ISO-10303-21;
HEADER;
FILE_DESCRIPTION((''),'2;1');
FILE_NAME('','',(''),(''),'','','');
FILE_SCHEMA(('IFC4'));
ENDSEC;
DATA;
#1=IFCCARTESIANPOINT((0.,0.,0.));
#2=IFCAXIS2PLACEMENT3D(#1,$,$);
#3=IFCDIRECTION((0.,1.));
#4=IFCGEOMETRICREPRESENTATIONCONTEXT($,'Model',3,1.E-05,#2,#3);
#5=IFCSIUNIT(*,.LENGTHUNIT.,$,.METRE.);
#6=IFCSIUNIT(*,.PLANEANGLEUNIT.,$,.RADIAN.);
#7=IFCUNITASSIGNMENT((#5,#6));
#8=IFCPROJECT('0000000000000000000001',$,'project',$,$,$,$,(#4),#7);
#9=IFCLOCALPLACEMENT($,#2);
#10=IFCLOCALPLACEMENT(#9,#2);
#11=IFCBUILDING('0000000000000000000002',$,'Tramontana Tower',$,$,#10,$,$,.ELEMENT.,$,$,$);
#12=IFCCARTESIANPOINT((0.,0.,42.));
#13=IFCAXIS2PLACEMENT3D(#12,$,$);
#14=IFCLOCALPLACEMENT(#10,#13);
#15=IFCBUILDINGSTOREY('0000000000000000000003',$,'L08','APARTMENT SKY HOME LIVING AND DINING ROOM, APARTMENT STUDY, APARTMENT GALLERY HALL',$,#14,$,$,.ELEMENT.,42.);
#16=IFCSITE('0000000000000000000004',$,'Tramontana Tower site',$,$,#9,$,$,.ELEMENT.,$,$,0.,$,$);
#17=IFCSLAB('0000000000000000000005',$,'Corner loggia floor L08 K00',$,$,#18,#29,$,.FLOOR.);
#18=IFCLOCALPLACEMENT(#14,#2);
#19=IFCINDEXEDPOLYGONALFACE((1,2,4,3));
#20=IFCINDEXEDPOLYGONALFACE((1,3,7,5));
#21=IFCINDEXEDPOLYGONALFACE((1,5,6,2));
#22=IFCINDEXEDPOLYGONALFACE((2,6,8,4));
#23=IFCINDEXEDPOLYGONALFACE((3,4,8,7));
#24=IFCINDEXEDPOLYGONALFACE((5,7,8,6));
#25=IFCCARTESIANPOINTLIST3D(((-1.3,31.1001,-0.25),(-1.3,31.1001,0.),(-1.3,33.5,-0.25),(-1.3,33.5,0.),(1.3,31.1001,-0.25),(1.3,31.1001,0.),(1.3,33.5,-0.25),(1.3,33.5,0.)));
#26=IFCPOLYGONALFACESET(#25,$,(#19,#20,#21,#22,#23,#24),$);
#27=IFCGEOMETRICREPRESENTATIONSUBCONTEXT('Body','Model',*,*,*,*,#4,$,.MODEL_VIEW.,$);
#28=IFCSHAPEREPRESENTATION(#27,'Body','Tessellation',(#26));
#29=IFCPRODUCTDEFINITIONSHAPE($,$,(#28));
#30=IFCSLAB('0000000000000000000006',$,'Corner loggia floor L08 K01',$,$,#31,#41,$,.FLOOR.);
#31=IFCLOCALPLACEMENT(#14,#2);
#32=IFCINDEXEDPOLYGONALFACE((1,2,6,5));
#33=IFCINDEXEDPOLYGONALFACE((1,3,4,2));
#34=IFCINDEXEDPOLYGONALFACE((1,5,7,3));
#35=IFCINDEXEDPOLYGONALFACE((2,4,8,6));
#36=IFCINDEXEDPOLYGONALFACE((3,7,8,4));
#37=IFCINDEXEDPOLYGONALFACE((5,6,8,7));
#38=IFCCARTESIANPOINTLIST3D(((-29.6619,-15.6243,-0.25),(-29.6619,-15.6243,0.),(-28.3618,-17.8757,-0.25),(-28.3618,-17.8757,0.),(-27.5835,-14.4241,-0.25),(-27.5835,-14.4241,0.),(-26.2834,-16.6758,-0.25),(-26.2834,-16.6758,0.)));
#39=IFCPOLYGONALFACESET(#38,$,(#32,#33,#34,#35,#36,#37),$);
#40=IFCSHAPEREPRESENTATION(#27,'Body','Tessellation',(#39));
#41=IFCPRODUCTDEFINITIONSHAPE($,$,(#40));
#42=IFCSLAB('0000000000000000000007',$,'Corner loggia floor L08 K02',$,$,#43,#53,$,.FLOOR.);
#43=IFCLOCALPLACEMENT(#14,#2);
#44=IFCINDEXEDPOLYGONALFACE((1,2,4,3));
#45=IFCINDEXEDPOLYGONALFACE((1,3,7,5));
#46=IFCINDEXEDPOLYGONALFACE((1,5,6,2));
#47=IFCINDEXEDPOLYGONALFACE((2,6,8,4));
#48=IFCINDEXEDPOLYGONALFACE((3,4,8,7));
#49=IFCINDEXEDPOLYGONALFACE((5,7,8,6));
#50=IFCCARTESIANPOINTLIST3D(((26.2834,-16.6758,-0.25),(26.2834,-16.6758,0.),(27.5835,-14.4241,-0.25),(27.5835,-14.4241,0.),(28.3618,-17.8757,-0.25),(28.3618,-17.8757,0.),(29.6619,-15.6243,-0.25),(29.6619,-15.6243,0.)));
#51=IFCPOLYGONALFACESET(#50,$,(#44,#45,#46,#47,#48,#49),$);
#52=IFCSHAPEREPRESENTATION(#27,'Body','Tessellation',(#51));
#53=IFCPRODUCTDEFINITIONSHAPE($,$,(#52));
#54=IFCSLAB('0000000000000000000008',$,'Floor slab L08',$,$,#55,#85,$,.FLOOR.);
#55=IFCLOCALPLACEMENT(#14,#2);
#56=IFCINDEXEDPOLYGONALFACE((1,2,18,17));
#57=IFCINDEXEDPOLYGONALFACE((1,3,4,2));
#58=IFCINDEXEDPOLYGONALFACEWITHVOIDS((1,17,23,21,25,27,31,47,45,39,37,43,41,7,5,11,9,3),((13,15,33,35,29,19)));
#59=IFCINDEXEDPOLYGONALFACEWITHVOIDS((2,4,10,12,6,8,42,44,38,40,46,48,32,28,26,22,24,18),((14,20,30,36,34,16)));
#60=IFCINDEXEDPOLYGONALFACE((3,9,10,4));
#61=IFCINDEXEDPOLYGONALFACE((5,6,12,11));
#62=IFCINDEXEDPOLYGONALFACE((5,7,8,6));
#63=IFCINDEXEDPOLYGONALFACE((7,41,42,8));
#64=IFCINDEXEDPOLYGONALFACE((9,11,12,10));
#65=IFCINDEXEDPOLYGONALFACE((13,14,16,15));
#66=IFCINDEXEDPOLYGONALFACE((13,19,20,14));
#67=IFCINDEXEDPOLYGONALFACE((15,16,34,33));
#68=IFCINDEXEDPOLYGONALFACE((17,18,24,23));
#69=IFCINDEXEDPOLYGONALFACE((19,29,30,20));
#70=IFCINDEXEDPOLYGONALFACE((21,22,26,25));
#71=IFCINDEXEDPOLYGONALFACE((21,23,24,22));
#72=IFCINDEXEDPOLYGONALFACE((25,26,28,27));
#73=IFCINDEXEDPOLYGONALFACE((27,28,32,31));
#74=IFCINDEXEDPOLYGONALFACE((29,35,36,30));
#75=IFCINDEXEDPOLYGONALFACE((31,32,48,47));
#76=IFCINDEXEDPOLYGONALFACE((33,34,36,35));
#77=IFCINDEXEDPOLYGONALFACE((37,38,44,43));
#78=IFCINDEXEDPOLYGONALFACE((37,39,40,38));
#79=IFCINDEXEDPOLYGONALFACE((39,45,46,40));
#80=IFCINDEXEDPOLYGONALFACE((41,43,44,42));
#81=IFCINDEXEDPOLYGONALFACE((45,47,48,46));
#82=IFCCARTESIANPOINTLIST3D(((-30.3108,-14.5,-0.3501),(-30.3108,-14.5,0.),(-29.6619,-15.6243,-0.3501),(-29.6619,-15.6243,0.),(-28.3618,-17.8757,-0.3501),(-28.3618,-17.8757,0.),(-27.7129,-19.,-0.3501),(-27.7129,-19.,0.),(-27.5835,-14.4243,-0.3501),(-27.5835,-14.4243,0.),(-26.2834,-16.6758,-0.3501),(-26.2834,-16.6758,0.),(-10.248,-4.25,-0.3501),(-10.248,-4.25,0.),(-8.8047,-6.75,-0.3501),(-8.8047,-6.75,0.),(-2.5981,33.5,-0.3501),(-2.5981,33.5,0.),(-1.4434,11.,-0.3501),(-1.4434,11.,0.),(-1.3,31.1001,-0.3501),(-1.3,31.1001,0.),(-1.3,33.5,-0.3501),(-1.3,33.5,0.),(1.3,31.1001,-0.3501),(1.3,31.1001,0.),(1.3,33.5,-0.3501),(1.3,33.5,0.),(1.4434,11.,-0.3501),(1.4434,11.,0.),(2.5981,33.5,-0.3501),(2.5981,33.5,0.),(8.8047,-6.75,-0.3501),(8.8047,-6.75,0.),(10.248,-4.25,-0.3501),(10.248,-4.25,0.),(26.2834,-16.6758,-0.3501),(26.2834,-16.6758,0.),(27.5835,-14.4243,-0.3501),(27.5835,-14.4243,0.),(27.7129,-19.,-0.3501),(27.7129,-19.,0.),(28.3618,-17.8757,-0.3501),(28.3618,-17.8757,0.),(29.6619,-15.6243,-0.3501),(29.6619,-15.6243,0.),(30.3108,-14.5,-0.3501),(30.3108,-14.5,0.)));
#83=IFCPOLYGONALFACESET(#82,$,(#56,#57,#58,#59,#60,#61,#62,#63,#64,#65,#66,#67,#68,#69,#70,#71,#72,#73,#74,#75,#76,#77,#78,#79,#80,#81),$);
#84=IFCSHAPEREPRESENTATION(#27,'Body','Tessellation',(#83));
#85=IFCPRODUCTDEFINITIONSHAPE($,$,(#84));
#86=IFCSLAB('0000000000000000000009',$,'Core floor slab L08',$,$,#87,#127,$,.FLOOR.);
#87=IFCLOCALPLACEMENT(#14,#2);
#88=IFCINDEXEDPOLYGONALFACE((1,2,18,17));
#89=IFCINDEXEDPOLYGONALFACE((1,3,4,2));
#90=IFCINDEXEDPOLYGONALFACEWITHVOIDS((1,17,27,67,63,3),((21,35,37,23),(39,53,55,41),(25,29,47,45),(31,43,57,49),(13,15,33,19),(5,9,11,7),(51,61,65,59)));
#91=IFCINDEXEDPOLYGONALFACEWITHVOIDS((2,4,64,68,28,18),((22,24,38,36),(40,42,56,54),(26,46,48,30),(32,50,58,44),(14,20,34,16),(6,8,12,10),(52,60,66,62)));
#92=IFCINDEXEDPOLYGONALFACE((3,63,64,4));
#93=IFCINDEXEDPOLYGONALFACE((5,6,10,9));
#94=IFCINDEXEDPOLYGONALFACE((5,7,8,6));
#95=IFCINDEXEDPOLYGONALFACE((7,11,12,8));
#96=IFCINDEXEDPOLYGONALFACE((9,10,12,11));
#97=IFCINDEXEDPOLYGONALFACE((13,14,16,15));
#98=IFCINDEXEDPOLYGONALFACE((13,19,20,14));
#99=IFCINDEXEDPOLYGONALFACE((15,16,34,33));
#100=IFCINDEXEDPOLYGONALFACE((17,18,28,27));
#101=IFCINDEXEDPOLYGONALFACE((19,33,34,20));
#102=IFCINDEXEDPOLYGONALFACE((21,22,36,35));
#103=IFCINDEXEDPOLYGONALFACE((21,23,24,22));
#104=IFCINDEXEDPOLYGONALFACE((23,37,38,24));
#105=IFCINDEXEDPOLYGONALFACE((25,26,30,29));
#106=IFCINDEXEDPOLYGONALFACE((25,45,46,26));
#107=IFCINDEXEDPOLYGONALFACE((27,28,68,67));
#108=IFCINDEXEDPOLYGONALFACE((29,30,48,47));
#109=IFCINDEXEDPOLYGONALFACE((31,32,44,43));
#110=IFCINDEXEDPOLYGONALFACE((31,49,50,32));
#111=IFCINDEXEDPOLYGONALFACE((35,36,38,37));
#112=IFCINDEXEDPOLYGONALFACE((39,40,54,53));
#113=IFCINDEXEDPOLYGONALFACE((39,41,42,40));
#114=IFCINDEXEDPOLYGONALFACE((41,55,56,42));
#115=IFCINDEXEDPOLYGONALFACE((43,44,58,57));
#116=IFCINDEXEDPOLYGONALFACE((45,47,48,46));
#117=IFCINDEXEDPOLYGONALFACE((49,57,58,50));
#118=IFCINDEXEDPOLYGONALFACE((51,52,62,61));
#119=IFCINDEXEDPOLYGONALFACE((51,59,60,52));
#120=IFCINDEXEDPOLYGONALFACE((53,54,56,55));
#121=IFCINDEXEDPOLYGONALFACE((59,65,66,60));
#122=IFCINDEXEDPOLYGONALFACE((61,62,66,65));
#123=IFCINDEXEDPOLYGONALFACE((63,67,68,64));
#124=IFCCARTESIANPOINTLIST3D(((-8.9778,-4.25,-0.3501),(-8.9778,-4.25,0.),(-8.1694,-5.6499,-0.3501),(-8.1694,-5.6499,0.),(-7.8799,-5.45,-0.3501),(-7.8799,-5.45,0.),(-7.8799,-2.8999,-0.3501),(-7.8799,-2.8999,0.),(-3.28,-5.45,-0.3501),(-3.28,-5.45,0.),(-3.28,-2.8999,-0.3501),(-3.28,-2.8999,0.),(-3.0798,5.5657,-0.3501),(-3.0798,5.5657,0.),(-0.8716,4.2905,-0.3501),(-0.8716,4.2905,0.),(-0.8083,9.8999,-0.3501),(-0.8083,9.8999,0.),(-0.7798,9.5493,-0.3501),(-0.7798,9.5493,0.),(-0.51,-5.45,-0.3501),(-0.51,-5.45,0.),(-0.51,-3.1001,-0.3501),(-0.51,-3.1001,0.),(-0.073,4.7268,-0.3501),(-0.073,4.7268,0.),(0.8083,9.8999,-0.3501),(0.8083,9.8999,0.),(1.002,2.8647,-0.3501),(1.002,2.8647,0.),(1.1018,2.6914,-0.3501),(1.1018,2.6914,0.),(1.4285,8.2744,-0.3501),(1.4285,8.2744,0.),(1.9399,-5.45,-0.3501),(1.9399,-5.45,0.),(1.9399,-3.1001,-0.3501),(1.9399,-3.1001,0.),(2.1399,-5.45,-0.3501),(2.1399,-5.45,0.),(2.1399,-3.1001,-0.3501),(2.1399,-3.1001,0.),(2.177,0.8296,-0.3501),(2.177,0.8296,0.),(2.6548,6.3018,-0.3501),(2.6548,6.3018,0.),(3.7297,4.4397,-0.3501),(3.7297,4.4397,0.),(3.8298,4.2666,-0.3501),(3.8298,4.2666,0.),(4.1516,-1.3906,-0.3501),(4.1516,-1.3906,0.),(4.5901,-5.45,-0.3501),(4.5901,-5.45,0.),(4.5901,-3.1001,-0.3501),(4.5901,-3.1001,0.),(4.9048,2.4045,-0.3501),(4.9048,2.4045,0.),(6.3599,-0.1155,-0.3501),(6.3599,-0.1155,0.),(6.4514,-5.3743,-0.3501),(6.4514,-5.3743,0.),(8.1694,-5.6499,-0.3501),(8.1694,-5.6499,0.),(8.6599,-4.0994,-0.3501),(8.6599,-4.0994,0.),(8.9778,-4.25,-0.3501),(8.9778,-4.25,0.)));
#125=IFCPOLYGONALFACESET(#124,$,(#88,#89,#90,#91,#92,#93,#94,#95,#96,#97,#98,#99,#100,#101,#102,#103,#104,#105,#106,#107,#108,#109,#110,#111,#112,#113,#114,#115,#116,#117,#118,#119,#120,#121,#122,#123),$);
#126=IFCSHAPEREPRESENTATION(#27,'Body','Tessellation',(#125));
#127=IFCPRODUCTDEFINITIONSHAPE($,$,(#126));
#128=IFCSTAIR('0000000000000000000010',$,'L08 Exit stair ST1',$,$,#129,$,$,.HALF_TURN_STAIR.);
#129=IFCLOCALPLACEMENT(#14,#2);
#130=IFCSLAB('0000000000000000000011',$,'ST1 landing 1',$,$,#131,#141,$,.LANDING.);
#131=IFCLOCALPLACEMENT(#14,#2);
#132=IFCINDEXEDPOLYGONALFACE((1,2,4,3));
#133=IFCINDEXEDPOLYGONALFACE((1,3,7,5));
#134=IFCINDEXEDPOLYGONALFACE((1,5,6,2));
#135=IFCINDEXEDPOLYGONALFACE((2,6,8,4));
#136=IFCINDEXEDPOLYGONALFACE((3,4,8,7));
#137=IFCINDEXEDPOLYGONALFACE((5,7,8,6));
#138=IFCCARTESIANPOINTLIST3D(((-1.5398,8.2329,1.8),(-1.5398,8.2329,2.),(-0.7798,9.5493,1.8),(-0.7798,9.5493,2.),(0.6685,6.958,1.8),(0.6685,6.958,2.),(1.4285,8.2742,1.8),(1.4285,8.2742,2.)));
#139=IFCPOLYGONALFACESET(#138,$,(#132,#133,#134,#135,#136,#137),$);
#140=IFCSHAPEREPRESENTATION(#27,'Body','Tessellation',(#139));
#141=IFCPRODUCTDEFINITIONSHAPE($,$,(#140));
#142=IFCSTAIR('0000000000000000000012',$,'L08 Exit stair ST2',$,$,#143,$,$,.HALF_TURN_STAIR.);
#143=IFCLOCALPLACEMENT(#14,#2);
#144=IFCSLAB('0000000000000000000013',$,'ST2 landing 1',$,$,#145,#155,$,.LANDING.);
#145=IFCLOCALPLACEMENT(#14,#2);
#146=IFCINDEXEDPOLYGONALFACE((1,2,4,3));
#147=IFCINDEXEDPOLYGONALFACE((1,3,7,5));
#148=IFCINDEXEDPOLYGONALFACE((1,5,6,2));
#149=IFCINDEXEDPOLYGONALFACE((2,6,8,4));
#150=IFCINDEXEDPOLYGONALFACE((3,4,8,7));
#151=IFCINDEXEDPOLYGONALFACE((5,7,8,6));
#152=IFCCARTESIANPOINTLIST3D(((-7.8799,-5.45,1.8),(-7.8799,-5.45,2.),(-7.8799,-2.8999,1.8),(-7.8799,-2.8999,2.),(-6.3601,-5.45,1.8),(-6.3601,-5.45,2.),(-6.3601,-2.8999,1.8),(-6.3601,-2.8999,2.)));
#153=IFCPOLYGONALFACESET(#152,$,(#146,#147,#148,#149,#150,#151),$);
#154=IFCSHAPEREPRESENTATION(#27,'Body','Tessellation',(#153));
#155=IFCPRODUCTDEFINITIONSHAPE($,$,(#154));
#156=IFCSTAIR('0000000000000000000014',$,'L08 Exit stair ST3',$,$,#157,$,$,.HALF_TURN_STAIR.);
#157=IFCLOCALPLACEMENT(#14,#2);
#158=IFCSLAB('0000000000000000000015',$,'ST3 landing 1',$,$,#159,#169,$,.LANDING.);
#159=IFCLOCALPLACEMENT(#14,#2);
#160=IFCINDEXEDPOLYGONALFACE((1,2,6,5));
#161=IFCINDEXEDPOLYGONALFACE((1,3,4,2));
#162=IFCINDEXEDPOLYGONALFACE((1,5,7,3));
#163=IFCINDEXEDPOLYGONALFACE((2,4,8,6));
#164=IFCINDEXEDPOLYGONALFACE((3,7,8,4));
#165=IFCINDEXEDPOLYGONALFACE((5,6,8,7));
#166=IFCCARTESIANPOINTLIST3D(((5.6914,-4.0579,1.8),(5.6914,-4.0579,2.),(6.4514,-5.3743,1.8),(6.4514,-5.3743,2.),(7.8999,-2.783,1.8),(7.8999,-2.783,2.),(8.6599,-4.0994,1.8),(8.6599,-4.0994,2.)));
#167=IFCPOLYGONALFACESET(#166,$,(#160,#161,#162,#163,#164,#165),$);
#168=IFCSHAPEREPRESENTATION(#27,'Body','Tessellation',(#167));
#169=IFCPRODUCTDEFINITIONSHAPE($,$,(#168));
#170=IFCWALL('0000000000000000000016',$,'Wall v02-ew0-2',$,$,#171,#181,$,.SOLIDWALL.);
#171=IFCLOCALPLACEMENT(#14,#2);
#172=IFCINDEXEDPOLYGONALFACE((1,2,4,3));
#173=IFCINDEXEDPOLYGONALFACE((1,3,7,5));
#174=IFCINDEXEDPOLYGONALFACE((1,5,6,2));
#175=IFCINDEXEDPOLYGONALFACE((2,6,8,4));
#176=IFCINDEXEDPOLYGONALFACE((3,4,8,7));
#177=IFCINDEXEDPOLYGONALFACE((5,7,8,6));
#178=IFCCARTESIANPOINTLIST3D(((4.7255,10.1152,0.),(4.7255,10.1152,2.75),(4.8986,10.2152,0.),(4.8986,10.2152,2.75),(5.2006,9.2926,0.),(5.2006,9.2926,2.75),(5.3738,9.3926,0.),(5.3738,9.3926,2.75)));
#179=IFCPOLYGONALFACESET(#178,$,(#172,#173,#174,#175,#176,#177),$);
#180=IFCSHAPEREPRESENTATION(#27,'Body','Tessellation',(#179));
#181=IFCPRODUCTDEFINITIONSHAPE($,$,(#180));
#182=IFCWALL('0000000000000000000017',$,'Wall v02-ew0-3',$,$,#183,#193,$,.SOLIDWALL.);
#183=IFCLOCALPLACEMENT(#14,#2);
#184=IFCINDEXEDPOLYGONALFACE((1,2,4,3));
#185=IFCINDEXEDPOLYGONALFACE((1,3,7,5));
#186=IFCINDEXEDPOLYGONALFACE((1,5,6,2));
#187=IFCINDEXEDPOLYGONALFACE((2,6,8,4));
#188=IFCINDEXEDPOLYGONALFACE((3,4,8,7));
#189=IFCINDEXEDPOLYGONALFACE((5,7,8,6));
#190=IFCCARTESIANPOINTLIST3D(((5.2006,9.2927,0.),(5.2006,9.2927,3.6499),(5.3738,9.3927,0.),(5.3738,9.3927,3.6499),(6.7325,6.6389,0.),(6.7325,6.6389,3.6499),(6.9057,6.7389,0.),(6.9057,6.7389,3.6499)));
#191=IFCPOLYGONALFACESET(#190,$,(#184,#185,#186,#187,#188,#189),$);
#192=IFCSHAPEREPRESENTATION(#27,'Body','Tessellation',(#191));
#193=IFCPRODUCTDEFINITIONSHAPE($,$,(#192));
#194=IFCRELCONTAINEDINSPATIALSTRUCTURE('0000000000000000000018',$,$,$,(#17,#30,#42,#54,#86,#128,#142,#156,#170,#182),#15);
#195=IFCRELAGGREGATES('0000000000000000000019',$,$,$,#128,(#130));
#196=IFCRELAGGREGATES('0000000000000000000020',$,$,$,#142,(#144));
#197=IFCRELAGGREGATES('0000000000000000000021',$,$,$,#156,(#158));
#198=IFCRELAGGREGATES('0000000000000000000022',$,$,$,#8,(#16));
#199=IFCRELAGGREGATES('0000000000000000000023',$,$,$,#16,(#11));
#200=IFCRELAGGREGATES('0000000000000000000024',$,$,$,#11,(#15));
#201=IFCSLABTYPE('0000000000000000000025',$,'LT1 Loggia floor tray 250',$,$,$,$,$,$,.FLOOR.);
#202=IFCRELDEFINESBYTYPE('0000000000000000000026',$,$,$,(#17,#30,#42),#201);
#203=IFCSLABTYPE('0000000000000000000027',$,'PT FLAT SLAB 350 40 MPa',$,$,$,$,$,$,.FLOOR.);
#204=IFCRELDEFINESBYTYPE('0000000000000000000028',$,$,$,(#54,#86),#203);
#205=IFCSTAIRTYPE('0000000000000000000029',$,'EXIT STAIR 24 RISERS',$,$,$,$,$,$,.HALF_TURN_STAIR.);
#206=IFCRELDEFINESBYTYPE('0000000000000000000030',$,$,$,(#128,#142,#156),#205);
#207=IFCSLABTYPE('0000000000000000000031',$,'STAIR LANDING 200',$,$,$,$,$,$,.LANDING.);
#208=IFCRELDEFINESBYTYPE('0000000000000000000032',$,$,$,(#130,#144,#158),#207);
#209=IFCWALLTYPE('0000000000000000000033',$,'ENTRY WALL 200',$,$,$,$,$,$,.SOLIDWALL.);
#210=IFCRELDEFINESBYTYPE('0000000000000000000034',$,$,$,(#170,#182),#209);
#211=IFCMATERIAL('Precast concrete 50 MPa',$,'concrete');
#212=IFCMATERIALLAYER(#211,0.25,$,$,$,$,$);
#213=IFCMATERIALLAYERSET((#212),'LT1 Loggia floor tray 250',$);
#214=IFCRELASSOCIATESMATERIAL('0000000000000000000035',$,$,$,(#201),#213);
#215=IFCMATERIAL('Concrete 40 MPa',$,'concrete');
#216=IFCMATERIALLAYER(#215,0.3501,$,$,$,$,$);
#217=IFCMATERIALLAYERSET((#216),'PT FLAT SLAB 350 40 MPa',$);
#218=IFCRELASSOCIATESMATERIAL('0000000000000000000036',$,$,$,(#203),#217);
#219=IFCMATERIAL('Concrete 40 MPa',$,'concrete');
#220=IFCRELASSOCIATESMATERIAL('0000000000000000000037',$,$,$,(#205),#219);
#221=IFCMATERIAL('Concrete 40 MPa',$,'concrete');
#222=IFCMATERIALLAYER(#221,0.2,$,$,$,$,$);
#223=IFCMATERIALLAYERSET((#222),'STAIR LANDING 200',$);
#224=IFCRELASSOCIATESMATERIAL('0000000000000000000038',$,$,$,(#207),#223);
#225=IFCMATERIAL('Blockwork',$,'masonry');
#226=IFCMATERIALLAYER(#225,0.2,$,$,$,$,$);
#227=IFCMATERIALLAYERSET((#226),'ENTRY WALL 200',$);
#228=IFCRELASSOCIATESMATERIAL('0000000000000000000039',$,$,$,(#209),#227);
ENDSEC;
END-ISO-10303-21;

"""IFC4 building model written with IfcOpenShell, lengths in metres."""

from ifc_helpers import new_model, si_unit, direction, frame, frame_2d, origin, place, context, subcontext, project, spatial, polyline, rectangle, outline, extrude, material, layer, layer_set, type_object, element, aggregate, save


model = new_model("IFC4")

# Units and contexts
model_context = context("Model", 3, precision=1e-05, world=origin(), true_north=direction((0.0, 1.0)))
body_context = subcontext(model_context, "Body", "Model", "MODEL_VIEW")
ifc_project = project(units=[si_unit("LENGTHUNIT", "METRE"), si_unit("PLANEANGLEUNIT", "RADIAN")], contexts=[model_context])

# Site, building, storey
site_placement = place(None, origin())
site = spatial("IfcSite", under=ifc_project, at=site_placement, Name="Tramontana Tower site", CompositionType="ELEMENT", RefElevation=0.0)
building_placement = place(site_placement, origin())
building = spatial("IfcBuilding", under=site, at=building_placement, Name="Tramontana Tower", CompositionType="ELEMENT")
storey_placement = place(building_placement, frame((0.0, 0.0, 42.0)))
storey = spatial("IfcBuildingStorey", under=building, at=storey_placement, Name="L08", Description="APARTMENT SKY HOME LIVING AND DINING ROOM, APARTMENT STUDY, APARTMENT GALLERY HALL", CompositionType="ELEMENT", Elevation=42.0)

# Slabs
ifc_material_1 = material(Name="Precast concrete 50 MPa", Category="concrete")
ifc_layer_1 = layer(ifc_material_1, 0.25)
ifc_layer_set_1 = layer_set([ifc_layer_1], Name="LT1 Loggia floor tray 250")
slab_type_1 = type_object("IfcSlabType", Name="LT1 Loggia floor tray 250", PredefinedType="FLOOR", material=ifc_layer_set_1)
slab_1_placement = place(storey_placement, frame((0.0, 0.0, -0.25)))
element("IfcSlab", 1, at=slab_1_placement, inside=storey, type_object=slab_type_1, Name="Corner loggia floor L08 K00", PredefinedType="FLOOR", context=body_context, shape_type="SweptSolid", body=[
    extrude(outline(polyline([(1.3, 33.5), (1.3, 31.1001), (-1.3, 31.1001), (-1.3, 33.5), (1.3, 33.5)])), origin(), (0.0, 0.0, 1.0), 0.25),
])
slab_2_placement = place(storey_placement, frame((0.0, 0.0, -0.25)))
element("IfcSlab", 2, at=slab_2_placement, inside=storey, type_object=slab_type_1, Name="Corner loggia floor L08 K01", PredefinedType="FLOOR", context=body_context, shape_type="SweptSolid", body=[
    extrude(outline(polyline([(-29.6619, -15.6243), (-27.5835, -14.4241), (-26.2834, -16.6758), (-28.3618, -17.8757), (-29.6619, -15.6243)])), origin(), (0.0, 0.0, 1.0), 0.25),
])
slab_3_placement = place(storey_placement, frame((0.0, 0.0, -0.25)))
element("IfcSlab", 3, at=slab_3_placement, inside=storey, type_object=slab_type_1, Name="Corner loggia floor L08 K02", PredefinedType="FLOOR", context=body_context, shape_type="SweptSolid", body=[
    extrude(outline(polyline([(28.3618, -17.8757), (26.2834, -16.6758), (27.5835, -14.4241), (29.6619, -15.6243), (28.3618, -17.8757)])), origin(), (0.0, 0.0, 1.0), 0.25),
])
ifc_material_2 = material(Name="Concrete 40 MPa", Category="concrete")
ifc_layer_2 = layer(ifc_material_2, 0.3501)
ifc_layer_set_2 = layer_set([ifc_layer_2], Name="PT FLAT SLAB 350 40 MPa")
slab_type_2 = type_object("IfcSlabType", Name="PT FLAT SLAB 350 40 MPa", PredefinedType="FLOOR", material=ifc_layer_set_2)
slab_4_placement = place(storey_placement, frame((0.0, 0.0, -0.3501)))
element("IfcSlab", 4, at=slab_4_placement, inside=storey, type_object=slab_type_2, Name="Floor slab L08", PredefinedType="FLOOR", context=body_context, shape_type="SweptSolid", body=[
    extrude(outline(polyline([(29.6619, -15.6243), (27.5835, -14.4243), (26.2834, -16.6758), (28.3618, -17.8757), (27.7129, -19.0), (-27.7129, -19.0), (-28.3618, -17.8757), (-26.2834, -16.6758), (-27.5835, -14.4243), (-29.6619, -15.6243), (-30.3108, -14.5), (-2.5981, 33.5), (-1.3, 33.5), (-1.3, 31.1001), (1.3, 31.1001), (1.3, 33.5), (2.5981, 33.5), (30.3108, -14.5), (29.6619, -15.6243)]), holes=[polyline([(-10.248, -4.25), (-8.8047, -6.75), (8.8047, -6.75), (10.248, -4.25), (1.4434, 11.0), (-1.4434, 11.0), (-10.248, -4.25)])]), origin(), (0.0, 0.0, 1.0), 0.3501),
])
slab_5_placement = place(storey_placement, frame((0.0, 0.0, -0.3501)))
element("IfcSlab", 5, at=slab_5_placement, inside=storey, type_object=slab_type_2, Name="Core floor slab L08", PredefinedType="FLOOR", context=body_context, shape_type="SweptSolid", body=[
    extrude(outline(polyline([(8.9778, -4.25), (8.1694, -5.6499), (-8.1694, -5.6499), (-8.9778, -4.25), (-0.8083, 9.8999), (0.8083, 9.8999), (8.9778, -4.25)]), holes=[polyline([(8.6599, -4.0994), (6.3599, -0.1155), (4.1516, -1.3906), (6.4514, -5.3743), (8.6599, -4.0994)]), polyline([(3.8298, 4.2666), (1.1018, 2.6914), (2.177, 0.8296), (4.9048, 2.4045), (3.8298, 4.2666)]), polyline([(4.5901, -3.1001), (2.1399, -3.1001), (2.1399, -5.45), (4.5901, -5.45), (4.5901, -3.1001)]), polyline([(2.6548, 6.3018), (-0.073, 4.7268), (1.002, 2.8647), (3.7297, 4.4397), (2.6548, 6.3018)]), polyline([(1.9399, -5.45), (1.9399, -3.1001), (-0.51, -3.1001), (-0.51, -5.45), (1.9399, -5.45)]), polyline([(-0.7798, 9.5493), (-3.0798, 5.5657), (-0.8716, 4.2905), (1.4285, 8.2744), (-0.7798, 9.5493)]), polyline([(-7.8799, -5.45), (-3.28, -5.45), (-3.28, -2.8999), (-7.8799, -2.8999), (-7.8799, -5.45)])]), origin(), (0.0, 0.0, 1.0), 0.3501),
])

# Stairs, slabs
ifc_material_3 = material(Name="Concrete 40 MPa", Category="concrete")
stair_type = type_object("IfcStairType", Name="EXIT STAIR 24 RISERS", PredefinedType="HALF_TURN_STAIR", material=ifc_material_3)
stair_1_placement = place(storey_placement, origin())
stair_1 = element("IfcStair", 6, at=stair_1_placement, inside=storey, type_object=stair_type, Name="L08 Exit stair ST1", PredefinedType="HALF_TURN_STAIR")
ifc_material_4 = material(Name="Concrete 40 MPa", Category="concrete")
ifc_layer_3 = layer(ifc_material_4, 0.2)
ifc_layer_set_3 = layer_set([ifc_layer_3], Name="STAIR LANDING 200")
slab_type_3 = type_object("IfcSlabType", Name="STAIR LANDING 200", PredefinedType="LANDING", material=ifc_layer_set_3)
slab_6_placement = place(storey_placement, frame((0.0, 0.0, 1.8)))
slab_6 = element("IfcSlab", 7, at=slab_6_placement, type_object=slab_type_3, Name="ST1 landing 1", PredefinedType="LANDING", context=body_context, shape_type="SweptSolid", body=[
    extrude(outline(polyline([(0.6685, 6.958), (1.4285, 8.2742), (-0.7798, 9.5493), (-1.5398, 8.2329), (0.6685, 6.958)])), origin(), (0.0, 0.0, 1.0), 0.2),
])
aggregate(stair_1, [slab_6])
stair_2_placement = place(storey_placement, origin())
stair_2 = element("IfcStair", 8, at=stair_2_placement, inside=storey, type_object=stair_type, Name="L08 Exit stair ST2", PredefinedType="HALF_TURN_STAIR")
slab_7_placement = place(storey_placement, frame((0.0, 0.0, 1.8)))
slab_7 = element("IfcSlab", 9, at=slab_7_placement, type_object=slab_type_3, Name="ST2 landing 1", PredefinedType="LANDING", context=body_context, shape_type="SweptSolid", body=[
    extrude(outline(polyline([(-6.3601, -2.8999), (-7.8799, -2.8999), (-7.8799, -5.45), (-6.3601, -5.45), (-6.3601, -2.8999)])), origin(), (0.0, 0.0, 1.0), 0.2),
])
aggregate(stair_2, [slab_7])
stair_3_placement = place(storey_placement, origin())
stair_3 = element("IfcStair", 10, at=stair_3_placement, inside=storey, type_object=stair_type, Name="L08 Exit stair ST3", PredefinedType="HALF_TURN_STAIR")
slab_8_placement = place(storey_placement, frame((0.0, 0.0, 1.8)))
slab_8 = element("IfcSlab", 11, at=slab_8_placement, type_object=slab_type_3, Name="ST3 landing 1", PredefinedType="LANDING", context=body_context, shape_type="SweptSolid", body=[
    extrude(outline(polyline([(5.6914, -4.0579), (6.4514, -5.3743), (8.6599, -4.0994), (7.8999, -2.783), (5.6914, -4.0579)])), origin(), (0.0, 0.0, 1.0), 0.2),
])
aggregate(stair_3, [slab_8])

# Walls
ifc_material_5 = material(Name="Blockwork", Category="masonry")
ifc_layer_4 = layer(ifc_material_5, 0.2)
ifc_layer_set_4 = layer_set([ifc_layer_4], Name="ENTRY WALL 200")
wall_type_1 = type_object("IfcWallType", Name="ENTRY WALL 200", PredefinedType="SOLIDWALL", material=ifc_layer_set_4)
wall_1_placement = place(storey_placement, frame((4.812, 10.1653, 0.0), z_axis=(0.0, 0.0, 1.0), x_axis=(0.500175, -0.865924, 0.0)))
element("IfcWall", 12, at=wall_1_placement, inside=storey, type_object=wall_type_1, Name="Wall v02-ew0-2", PredefinedType="SOLIDWALL", context=body_context, shape_type="SweptSolid", body=[
    extrude(rectangle(XDim=0.95, YDim=0.2, at=frame_2d((0.4751, 0.0))), origin(), (0.0, 0.0, 1.0), 2.75),
])
wall_2_placement = place(storey_placement, frame((5.2871, 9.3428, 0.0), z_axis=(0.0, 0.0, 1.0), x_axis=(0.499952, -0.866053, 0.0)))
element("IfcWall", 13, at=wall_2_placement, inside=storey, type_object=wall_type_1, Name="Wall v02-ew0-3", PredefinedType="SOLIDWALL", context=body_context, shape_type="SweptSolid", body=[
    extrude(rectangle(XDim=3.0642, YDim=0.2, at=frame_2d((1.5322, 0.0))), origin(), (0.0, 0.0, 1.0), 3.6499),
])

save(model, "model.ifc")
